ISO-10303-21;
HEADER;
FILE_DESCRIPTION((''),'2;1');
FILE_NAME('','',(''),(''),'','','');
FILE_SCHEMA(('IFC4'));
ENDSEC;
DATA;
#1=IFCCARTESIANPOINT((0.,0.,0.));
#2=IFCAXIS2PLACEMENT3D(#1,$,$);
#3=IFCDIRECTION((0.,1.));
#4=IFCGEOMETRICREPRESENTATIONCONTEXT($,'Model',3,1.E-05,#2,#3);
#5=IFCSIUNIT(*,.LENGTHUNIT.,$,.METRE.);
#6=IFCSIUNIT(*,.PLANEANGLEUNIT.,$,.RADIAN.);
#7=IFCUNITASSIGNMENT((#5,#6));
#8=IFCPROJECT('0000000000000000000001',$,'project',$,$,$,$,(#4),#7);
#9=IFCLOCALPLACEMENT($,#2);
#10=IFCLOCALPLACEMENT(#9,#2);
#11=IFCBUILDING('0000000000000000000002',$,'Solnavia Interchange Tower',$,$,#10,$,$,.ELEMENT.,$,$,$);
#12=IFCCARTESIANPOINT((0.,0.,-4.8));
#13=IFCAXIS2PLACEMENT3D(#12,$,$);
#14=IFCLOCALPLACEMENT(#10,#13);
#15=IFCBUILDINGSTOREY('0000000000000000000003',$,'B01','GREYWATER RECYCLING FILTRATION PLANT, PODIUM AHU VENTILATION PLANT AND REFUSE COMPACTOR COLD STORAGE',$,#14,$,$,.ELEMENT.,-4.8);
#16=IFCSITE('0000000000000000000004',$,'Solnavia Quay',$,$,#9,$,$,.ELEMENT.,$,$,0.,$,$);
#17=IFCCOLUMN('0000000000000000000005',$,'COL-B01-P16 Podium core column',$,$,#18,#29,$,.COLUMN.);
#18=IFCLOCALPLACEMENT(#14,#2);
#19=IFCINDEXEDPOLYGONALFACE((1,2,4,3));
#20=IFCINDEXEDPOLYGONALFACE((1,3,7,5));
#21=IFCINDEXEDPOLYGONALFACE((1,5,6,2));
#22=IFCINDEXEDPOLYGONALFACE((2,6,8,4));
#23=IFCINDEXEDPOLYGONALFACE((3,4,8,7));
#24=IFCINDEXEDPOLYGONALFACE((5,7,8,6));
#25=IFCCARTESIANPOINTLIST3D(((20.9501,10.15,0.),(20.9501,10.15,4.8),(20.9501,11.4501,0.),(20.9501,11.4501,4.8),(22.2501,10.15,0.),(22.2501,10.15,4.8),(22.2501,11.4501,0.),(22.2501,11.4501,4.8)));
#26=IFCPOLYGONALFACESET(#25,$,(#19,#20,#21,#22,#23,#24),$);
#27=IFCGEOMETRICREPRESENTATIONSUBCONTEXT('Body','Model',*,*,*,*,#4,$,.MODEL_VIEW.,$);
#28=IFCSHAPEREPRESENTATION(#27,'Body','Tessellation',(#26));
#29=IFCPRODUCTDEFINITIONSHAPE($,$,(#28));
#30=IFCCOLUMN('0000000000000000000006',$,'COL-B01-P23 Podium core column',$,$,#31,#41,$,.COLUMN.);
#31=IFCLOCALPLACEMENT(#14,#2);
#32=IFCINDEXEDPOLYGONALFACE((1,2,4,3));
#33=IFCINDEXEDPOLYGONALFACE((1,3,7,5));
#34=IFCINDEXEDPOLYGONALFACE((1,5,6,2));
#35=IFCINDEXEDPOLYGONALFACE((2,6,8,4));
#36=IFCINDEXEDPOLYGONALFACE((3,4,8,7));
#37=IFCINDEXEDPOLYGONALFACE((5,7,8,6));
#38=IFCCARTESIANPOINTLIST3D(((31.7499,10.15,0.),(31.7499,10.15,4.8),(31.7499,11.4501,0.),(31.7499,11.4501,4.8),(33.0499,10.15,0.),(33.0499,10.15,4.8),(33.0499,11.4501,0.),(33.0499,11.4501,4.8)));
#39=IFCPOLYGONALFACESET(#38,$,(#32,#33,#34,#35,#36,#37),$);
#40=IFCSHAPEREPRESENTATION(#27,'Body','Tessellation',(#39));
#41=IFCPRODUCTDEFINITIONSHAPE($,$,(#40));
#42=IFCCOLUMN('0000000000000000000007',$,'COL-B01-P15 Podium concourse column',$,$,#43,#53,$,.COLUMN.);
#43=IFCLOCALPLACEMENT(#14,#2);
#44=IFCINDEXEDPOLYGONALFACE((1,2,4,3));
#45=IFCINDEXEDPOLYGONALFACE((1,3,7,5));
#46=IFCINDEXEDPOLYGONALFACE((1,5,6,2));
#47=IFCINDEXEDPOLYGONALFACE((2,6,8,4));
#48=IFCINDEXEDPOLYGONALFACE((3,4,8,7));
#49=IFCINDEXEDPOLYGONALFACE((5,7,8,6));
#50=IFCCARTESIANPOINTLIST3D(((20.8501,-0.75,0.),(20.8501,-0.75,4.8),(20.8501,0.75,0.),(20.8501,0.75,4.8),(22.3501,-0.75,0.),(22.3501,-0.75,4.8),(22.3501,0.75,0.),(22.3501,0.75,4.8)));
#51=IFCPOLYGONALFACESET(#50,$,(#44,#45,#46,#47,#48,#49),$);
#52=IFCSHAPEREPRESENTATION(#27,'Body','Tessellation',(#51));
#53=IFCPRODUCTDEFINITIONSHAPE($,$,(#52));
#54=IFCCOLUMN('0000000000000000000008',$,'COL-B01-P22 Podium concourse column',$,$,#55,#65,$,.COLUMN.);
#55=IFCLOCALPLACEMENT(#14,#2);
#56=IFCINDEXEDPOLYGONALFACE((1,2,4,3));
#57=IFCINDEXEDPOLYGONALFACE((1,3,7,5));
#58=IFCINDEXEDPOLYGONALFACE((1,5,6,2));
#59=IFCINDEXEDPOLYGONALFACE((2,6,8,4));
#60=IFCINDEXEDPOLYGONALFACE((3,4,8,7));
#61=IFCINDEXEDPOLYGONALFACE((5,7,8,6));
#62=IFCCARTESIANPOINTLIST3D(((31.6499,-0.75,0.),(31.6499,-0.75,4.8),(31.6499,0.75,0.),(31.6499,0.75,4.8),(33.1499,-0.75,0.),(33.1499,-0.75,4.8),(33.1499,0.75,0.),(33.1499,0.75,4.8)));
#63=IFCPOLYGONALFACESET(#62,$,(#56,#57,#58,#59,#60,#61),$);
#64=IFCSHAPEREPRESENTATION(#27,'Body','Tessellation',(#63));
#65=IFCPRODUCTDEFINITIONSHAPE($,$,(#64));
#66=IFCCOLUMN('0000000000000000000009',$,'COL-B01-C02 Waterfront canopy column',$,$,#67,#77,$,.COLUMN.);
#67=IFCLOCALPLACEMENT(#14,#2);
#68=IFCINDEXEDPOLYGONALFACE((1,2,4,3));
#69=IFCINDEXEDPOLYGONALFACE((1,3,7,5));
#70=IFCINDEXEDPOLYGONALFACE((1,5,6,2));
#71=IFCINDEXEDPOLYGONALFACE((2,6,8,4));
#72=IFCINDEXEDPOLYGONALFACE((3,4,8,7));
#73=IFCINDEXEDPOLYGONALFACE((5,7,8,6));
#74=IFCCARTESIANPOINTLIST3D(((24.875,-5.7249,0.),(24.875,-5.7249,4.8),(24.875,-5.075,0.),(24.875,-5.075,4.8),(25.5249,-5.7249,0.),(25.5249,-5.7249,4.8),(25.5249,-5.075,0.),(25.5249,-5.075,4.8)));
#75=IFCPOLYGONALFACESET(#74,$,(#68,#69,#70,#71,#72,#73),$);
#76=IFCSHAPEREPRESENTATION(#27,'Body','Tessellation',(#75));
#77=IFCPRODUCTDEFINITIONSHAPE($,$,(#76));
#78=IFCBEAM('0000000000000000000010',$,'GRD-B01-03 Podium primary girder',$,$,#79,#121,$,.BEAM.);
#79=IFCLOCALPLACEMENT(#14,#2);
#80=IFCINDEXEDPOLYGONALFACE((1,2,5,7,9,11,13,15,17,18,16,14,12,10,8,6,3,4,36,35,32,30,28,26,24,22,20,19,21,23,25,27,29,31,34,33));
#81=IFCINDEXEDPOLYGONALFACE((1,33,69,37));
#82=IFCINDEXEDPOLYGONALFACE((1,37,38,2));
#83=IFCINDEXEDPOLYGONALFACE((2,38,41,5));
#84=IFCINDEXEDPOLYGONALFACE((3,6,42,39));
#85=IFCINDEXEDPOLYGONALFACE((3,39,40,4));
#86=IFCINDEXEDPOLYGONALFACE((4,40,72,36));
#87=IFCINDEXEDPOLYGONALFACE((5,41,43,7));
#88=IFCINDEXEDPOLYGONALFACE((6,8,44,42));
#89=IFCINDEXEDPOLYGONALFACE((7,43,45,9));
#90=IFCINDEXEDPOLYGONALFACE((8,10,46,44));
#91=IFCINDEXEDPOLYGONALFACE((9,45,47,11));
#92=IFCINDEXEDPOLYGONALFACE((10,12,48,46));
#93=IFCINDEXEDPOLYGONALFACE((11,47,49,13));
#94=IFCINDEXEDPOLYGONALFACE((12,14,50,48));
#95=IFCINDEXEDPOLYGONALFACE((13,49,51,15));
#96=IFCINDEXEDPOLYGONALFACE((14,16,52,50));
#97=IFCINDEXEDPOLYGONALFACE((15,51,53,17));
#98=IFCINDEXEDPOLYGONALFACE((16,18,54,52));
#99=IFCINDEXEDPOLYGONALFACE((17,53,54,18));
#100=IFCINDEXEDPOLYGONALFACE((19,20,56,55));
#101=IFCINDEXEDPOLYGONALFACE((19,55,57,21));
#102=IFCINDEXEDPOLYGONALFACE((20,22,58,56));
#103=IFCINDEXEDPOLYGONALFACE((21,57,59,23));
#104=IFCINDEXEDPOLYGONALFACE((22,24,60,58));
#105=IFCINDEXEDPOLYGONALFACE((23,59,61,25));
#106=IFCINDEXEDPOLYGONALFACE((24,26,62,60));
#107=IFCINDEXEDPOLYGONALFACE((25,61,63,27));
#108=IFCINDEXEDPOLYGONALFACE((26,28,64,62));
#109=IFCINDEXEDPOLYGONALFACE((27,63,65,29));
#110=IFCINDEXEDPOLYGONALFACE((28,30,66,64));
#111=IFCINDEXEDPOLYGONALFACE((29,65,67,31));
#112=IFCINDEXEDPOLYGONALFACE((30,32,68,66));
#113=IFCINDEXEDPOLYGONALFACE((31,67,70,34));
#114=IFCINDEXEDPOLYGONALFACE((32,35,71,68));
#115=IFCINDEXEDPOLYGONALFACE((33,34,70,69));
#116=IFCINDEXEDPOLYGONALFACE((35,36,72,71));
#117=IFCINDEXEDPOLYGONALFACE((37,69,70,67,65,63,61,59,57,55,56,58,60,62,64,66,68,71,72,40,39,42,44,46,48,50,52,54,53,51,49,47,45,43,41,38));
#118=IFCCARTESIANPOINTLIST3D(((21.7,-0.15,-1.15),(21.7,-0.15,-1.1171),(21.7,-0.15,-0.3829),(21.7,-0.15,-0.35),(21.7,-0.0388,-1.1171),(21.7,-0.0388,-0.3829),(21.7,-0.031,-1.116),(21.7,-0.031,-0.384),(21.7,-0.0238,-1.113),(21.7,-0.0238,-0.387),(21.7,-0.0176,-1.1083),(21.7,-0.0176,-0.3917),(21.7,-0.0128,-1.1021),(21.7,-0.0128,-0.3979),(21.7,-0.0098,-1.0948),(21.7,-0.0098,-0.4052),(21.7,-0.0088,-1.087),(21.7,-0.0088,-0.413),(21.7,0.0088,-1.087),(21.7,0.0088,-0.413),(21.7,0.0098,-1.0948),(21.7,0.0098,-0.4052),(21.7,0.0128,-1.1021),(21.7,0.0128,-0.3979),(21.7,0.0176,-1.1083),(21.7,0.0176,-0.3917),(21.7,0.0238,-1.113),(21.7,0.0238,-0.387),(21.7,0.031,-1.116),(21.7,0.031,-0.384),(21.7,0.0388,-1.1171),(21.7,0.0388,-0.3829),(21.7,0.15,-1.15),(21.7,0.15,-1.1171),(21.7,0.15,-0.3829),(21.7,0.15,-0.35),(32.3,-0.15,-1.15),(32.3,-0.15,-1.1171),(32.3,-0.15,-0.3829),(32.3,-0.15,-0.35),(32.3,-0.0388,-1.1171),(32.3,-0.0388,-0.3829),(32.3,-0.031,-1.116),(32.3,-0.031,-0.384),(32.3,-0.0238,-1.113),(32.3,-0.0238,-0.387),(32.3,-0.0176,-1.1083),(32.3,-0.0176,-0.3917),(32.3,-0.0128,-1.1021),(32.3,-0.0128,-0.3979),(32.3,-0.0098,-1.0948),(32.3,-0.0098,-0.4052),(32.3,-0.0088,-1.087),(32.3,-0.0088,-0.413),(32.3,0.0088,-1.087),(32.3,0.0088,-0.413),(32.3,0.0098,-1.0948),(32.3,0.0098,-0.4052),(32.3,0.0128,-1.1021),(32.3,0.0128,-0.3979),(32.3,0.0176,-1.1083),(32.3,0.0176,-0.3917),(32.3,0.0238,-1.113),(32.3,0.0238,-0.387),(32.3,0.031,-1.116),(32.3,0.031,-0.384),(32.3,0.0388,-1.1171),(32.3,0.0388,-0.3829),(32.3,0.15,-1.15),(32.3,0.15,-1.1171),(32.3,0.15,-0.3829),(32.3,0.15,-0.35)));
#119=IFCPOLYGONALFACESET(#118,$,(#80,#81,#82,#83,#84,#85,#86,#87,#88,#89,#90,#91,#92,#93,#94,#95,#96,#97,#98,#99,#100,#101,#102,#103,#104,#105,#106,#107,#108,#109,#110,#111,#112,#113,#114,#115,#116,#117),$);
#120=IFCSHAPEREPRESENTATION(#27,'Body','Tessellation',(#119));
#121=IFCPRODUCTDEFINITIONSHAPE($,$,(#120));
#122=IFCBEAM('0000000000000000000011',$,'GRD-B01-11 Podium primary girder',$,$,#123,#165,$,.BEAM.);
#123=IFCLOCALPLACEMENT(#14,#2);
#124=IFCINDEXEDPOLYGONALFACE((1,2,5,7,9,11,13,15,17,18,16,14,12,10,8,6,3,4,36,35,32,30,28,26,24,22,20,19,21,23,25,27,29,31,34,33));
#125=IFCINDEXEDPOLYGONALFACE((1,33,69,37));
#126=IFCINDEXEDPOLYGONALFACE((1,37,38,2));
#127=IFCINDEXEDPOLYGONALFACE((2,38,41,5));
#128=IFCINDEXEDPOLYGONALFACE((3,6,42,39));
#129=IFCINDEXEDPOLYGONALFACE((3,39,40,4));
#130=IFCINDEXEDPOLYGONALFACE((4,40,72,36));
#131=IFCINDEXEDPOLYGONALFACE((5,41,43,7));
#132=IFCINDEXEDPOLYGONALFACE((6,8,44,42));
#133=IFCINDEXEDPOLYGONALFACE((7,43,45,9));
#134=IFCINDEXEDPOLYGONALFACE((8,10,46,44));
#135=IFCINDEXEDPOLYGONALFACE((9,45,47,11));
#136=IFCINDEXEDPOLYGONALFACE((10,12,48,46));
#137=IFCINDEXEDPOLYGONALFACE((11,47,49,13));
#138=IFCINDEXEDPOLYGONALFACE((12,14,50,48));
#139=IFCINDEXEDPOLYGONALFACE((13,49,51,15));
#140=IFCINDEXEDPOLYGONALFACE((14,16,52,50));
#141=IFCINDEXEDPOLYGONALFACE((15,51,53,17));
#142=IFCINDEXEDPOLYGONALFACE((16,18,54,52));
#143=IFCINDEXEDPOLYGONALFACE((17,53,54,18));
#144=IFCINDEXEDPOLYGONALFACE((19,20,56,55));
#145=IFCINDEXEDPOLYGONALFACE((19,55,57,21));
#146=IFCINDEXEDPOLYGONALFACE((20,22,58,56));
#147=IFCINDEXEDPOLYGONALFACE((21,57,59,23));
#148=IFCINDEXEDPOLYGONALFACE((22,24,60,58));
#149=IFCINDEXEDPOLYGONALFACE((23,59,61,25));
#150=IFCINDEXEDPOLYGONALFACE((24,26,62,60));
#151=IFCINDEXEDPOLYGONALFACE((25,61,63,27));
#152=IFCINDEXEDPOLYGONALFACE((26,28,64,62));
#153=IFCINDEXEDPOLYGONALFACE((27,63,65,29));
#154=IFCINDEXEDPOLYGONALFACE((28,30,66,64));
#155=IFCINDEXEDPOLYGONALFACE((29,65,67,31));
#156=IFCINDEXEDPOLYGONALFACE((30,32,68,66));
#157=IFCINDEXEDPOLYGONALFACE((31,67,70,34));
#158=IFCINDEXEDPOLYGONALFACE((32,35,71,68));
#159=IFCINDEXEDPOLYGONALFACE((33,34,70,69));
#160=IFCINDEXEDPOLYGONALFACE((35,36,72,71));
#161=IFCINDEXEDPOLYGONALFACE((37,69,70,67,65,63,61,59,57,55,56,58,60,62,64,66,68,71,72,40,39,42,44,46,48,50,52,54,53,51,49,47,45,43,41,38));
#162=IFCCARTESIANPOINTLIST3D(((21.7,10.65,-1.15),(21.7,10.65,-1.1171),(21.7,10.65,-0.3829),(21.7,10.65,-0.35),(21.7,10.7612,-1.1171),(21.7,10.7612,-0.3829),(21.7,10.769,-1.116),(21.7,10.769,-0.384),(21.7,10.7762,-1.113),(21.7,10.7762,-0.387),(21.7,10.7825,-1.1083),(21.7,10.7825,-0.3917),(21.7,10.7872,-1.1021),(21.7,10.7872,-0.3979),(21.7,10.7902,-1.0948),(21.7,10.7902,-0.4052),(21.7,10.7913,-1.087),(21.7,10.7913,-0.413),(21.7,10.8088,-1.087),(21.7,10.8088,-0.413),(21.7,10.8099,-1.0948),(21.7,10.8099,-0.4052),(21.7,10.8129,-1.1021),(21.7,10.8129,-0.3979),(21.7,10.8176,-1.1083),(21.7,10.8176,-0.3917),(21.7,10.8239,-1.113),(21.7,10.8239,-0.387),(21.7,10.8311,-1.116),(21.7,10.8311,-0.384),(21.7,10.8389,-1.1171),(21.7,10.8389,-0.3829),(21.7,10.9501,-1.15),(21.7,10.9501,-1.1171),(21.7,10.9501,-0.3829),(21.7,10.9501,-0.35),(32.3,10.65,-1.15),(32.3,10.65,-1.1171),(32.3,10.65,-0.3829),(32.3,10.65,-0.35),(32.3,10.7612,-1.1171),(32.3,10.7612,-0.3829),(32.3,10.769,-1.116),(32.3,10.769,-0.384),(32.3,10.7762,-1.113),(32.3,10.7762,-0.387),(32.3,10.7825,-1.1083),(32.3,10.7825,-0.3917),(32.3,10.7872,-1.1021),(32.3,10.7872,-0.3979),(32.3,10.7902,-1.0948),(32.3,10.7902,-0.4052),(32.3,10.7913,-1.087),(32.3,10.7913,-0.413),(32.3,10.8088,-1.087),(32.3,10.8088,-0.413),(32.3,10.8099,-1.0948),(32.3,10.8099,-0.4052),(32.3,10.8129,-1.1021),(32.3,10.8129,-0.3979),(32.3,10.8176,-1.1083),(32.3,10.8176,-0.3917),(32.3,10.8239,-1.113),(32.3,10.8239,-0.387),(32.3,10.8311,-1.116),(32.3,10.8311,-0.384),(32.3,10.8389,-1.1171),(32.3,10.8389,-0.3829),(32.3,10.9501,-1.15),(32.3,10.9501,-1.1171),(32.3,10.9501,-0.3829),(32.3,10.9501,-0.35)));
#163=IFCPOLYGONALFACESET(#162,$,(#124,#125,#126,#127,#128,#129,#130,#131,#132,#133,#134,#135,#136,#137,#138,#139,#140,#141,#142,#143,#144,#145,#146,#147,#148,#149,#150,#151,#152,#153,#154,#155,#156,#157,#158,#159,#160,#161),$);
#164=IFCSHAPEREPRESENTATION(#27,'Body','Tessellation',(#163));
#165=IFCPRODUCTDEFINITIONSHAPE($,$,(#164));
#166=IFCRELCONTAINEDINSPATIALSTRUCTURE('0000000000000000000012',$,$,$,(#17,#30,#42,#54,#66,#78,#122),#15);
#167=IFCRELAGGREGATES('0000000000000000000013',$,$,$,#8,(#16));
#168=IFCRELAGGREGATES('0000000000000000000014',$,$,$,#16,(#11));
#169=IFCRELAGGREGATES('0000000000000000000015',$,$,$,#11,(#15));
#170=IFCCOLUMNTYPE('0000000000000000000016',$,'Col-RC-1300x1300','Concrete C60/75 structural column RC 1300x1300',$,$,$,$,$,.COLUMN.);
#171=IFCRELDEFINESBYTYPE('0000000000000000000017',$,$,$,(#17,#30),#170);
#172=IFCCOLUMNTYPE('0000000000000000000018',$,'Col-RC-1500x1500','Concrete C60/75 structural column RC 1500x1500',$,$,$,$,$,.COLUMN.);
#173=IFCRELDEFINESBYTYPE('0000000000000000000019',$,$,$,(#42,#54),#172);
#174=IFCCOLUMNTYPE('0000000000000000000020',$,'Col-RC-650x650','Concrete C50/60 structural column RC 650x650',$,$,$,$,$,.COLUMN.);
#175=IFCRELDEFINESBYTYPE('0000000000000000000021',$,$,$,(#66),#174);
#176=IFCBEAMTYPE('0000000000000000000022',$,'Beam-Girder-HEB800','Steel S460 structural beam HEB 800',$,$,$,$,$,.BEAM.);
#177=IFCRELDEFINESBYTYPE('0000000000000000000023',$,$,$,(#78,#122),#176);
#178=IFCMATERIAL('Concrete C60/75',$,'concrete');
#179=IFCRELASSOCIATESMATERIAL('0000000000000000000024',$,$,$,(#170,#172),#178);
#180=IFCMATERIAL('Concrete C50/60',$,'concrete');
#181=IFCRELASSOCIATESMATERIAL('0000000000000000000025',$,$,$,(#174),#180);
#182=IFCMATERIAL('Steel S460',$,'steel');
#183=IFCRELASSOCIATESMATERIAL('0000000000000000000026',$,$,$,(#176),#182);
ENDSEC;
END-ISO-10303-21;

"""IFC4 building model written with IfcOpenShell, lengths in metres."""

from ifc_helpers import new_model, si_unit, direction, frame, origin, origin_2d, place, context, subcontext, project, spatial, rectangle, i_section, extrude, material, material_profile, profile_set, type_object, element, save


model = new_model("IFC4")

# Units and contexts
model_context = context("Model", 3, precision=1e-05, world=origin(), true_north=direction((0.0, 1.0)))
body_context = subcontext(model_context, "Body", "Model", "MODEL_VIEW")
ifc_project = project(units=[si_unit("LENGTHUNIT", "METRE"), si_unit("PLANEANGLEUNIT", "RADIAN")], contexts=[model_context])

# Site, building, storey
site_placement = place(None, origin())
site = spatial("IfcSite", under=ifc_project, at=site_placement, Name="Solnavia Quay", CompositionType="ELEMENT", RefElevation=0.0)
building_placement = place(site_placement, origin())
building = spatial("IfcBuilding", under=site, at=building_placement, Name="Solnavia Interchange Tower", CompositionType="ELEMENT")
storey_placement = place(building_placement, frame((0.0, 0.0, -4.8)))
storey = spatial("IfcBuildingStorey", under=building, at=storey_placement, Name="B01", Description="GREYWATER RECYCLING FILTRATION PLANT, PODIUM AHU VENTILATION PLANT AND REFUSE COMPACTOR COLD STORAGE", CompositionType="ELEMENT", Elevation=-4.8)

# Columns
ifc_material_1 = material(Name="Concrete C60/75", Category="concrete")
ifc_material_profile_1 = material_profile(ifc_material_1, rectangle(XDim=1.3, YDim=1.3, at=origin_2d()), Name="RC 1300x1300")
ifc_profile_set_1 = profile_set([ifc_material_profile_1], Name="Concrete C60/75")
column_type_1 = type_object("IfcColumnType", Name="Col-RC-1300x1300", Description="Concrete C60/75 structural column RC 1300x1300", PredefinedType="COLUMN", material=ifc_profile_set_1)
for number, where, z_axis, x_axis, name in (
    (1, (21.6001, 10.8, 0.0), (0.0, 0.0, 1.0), (1.0, 0.0, 0.0), "COL-B01-P16 Podium core column"),
    (2, (32.3999, 10.8, 0.0), (0.0, 0.0, 1.0), (1.0, 0.0, 0.0), "COL-B01-P23 Podium core column"),
):
    element("IfcColumn", number, at=place(storey_placement, frame(where, z_axis=z_axis, x_axis=x_axis)), inside=storey, type_object=column_type_1, Name=name, PredefinedType="COLUMN", context=body_context, shape_type="SweptSolid", body=[
        extrude(rectangle(XDim=1.3, YDim=1.3, at=origin_2d()), origin(), (0.0, 0.0, 1.0), 4.8),
    ])
ifc_material_profile_2 = material_profile(ifc_material_1, rectangle(XDim=1.5, YDim=1.5, at=origin_2d()), Name="RC 1500x1500")
ifc_profile_set_2 = profile_set([ifc_material_profile_2], Name="Concrete C60/75")
column_type_2 = type_object("IfcColumnType", Name="Col-RC-1500x1500", Description="Concrete C60/75 structural column RC 1500x1500", PredefinedType="COLUMN", material=ifc_profile_set_2)
for number, where, z_axis, x_axis, name in (
    (3, (21.6001, 0.0, 0.0), (0.0, 0.0, 1.0), (1.0, 0.0, 0.0), "COL-B01-P15 Podium concourse column"),
    (4, (32.3999, 0.0, 0.0), (0.0, 0.0, 1.0), (1.0, 0.0, 0.0), "COL-B01-P22 Podium concourse column"),
):
    element("IfcColumn", number, at=place(storey_placement, frame(where, z_axis=z_axis, x_axis=x_axis)), inside=storey, type_object=column_type_2, Name=name, PredefinedType="COLUMN", context=body_context, shape_type="SweptSolid", body=[
        extrude(rectangle(XDim=1.5, YDim=1.5, at=origin_2d()), origin(), (0.0, 0.0, 1.0), 4.8),
    ])
ifc_material_2 = material(Name="Concrete C50/60", Category="concrete")
ifc_material_profile_3 = material_profile(ifc_material_2, rectangle(XDim=0.6499, YDim=0.6499, at=origin_2d()), Name="RC 650x650")
ifc_profile_set_3 = profile_set([ifc_material_profile_3], Name="Concrete C50/60")
column_type_3 = type_object("IfcColumnType", Name="Col-RC-650x650", Description="Concrete C50/60 structural column RC 650x650", PredefinedType="COLUMN", material=ifc_profile_set_3)
column_placement = place(storey_placement, frame((25.2, -5.3999, 0.0), z_axis=(0.0, 0.0, 1.0), x_axis=(1.0, 0.0, 0.0)))
element("IfcColumn", 5, at=column_placement, inside=storey, type_object=column_type_3, Name="COL-B01-C02 Waterfront canopy column", PredefinedType="COLUMN", context=body_context, shape_type="SweptSolid", body=[
    extrude(rectangle(XDim=0.6499, YDim=0.6499, at=origin_2d()), origin(), (0.0, 0.0, 1.0), 4.8),
])

# Beams
ifc_material_3 = material(Name="Steel S460", Category="steel")
ifc_material_profile_4 = material_profile(ifc_material_3, i_section(OverallWidth=0.3, OverallDepth=0.8, WebThickness=0.0176, FlangeThickness=0.033, FilletRadius=0.03, at=origin_2d()), Name="HEB 800")
ifc_profile_set_4 = profile_set([ifc_material_profile_4], Name="Steel S460")
beam_type_1 = type_object("IfcBeamType", Name="Beam-Girder-HEB800", Description="Steel S460 structural beam HEB 800", PredefinedType="BEAM", material=ifc_profile_set_4)
for number, where, z_axis, x_axis, name in (
    (6, (21.7, 0.0, -0.75), (1.0, 0.0, 0.0), (0.0, 1.0, 0.0), "GRD-B01-03 Podium primary girder"),
    (7, (21.7, 10.8, -0.75), (1.0, 0.0, 0.0), (0.0, 1.0, 0.0), "GRD-B01-11 Podium primary girder"),
):
    element("IfcBeam", number, at=place(storey_placement, frame(where, z_axis=z_axis, x_axis=x_axis)), inside=storey, type_object=beam_type_1, Name=name, PredefinedType="BEAM", context=body_context, shape_type="SweptSolid", body=[
        extrude(i_section(OverallWidth=0.3, OverallDepth=0.8, WebThickness=0.0176, FlangeThickness=0.033, FilletRadius=0.03, at=origin_2d()), origin(), (0.0, 0.0, 1.0), 10.6001),
    ])

save(model, "model.ifc")
